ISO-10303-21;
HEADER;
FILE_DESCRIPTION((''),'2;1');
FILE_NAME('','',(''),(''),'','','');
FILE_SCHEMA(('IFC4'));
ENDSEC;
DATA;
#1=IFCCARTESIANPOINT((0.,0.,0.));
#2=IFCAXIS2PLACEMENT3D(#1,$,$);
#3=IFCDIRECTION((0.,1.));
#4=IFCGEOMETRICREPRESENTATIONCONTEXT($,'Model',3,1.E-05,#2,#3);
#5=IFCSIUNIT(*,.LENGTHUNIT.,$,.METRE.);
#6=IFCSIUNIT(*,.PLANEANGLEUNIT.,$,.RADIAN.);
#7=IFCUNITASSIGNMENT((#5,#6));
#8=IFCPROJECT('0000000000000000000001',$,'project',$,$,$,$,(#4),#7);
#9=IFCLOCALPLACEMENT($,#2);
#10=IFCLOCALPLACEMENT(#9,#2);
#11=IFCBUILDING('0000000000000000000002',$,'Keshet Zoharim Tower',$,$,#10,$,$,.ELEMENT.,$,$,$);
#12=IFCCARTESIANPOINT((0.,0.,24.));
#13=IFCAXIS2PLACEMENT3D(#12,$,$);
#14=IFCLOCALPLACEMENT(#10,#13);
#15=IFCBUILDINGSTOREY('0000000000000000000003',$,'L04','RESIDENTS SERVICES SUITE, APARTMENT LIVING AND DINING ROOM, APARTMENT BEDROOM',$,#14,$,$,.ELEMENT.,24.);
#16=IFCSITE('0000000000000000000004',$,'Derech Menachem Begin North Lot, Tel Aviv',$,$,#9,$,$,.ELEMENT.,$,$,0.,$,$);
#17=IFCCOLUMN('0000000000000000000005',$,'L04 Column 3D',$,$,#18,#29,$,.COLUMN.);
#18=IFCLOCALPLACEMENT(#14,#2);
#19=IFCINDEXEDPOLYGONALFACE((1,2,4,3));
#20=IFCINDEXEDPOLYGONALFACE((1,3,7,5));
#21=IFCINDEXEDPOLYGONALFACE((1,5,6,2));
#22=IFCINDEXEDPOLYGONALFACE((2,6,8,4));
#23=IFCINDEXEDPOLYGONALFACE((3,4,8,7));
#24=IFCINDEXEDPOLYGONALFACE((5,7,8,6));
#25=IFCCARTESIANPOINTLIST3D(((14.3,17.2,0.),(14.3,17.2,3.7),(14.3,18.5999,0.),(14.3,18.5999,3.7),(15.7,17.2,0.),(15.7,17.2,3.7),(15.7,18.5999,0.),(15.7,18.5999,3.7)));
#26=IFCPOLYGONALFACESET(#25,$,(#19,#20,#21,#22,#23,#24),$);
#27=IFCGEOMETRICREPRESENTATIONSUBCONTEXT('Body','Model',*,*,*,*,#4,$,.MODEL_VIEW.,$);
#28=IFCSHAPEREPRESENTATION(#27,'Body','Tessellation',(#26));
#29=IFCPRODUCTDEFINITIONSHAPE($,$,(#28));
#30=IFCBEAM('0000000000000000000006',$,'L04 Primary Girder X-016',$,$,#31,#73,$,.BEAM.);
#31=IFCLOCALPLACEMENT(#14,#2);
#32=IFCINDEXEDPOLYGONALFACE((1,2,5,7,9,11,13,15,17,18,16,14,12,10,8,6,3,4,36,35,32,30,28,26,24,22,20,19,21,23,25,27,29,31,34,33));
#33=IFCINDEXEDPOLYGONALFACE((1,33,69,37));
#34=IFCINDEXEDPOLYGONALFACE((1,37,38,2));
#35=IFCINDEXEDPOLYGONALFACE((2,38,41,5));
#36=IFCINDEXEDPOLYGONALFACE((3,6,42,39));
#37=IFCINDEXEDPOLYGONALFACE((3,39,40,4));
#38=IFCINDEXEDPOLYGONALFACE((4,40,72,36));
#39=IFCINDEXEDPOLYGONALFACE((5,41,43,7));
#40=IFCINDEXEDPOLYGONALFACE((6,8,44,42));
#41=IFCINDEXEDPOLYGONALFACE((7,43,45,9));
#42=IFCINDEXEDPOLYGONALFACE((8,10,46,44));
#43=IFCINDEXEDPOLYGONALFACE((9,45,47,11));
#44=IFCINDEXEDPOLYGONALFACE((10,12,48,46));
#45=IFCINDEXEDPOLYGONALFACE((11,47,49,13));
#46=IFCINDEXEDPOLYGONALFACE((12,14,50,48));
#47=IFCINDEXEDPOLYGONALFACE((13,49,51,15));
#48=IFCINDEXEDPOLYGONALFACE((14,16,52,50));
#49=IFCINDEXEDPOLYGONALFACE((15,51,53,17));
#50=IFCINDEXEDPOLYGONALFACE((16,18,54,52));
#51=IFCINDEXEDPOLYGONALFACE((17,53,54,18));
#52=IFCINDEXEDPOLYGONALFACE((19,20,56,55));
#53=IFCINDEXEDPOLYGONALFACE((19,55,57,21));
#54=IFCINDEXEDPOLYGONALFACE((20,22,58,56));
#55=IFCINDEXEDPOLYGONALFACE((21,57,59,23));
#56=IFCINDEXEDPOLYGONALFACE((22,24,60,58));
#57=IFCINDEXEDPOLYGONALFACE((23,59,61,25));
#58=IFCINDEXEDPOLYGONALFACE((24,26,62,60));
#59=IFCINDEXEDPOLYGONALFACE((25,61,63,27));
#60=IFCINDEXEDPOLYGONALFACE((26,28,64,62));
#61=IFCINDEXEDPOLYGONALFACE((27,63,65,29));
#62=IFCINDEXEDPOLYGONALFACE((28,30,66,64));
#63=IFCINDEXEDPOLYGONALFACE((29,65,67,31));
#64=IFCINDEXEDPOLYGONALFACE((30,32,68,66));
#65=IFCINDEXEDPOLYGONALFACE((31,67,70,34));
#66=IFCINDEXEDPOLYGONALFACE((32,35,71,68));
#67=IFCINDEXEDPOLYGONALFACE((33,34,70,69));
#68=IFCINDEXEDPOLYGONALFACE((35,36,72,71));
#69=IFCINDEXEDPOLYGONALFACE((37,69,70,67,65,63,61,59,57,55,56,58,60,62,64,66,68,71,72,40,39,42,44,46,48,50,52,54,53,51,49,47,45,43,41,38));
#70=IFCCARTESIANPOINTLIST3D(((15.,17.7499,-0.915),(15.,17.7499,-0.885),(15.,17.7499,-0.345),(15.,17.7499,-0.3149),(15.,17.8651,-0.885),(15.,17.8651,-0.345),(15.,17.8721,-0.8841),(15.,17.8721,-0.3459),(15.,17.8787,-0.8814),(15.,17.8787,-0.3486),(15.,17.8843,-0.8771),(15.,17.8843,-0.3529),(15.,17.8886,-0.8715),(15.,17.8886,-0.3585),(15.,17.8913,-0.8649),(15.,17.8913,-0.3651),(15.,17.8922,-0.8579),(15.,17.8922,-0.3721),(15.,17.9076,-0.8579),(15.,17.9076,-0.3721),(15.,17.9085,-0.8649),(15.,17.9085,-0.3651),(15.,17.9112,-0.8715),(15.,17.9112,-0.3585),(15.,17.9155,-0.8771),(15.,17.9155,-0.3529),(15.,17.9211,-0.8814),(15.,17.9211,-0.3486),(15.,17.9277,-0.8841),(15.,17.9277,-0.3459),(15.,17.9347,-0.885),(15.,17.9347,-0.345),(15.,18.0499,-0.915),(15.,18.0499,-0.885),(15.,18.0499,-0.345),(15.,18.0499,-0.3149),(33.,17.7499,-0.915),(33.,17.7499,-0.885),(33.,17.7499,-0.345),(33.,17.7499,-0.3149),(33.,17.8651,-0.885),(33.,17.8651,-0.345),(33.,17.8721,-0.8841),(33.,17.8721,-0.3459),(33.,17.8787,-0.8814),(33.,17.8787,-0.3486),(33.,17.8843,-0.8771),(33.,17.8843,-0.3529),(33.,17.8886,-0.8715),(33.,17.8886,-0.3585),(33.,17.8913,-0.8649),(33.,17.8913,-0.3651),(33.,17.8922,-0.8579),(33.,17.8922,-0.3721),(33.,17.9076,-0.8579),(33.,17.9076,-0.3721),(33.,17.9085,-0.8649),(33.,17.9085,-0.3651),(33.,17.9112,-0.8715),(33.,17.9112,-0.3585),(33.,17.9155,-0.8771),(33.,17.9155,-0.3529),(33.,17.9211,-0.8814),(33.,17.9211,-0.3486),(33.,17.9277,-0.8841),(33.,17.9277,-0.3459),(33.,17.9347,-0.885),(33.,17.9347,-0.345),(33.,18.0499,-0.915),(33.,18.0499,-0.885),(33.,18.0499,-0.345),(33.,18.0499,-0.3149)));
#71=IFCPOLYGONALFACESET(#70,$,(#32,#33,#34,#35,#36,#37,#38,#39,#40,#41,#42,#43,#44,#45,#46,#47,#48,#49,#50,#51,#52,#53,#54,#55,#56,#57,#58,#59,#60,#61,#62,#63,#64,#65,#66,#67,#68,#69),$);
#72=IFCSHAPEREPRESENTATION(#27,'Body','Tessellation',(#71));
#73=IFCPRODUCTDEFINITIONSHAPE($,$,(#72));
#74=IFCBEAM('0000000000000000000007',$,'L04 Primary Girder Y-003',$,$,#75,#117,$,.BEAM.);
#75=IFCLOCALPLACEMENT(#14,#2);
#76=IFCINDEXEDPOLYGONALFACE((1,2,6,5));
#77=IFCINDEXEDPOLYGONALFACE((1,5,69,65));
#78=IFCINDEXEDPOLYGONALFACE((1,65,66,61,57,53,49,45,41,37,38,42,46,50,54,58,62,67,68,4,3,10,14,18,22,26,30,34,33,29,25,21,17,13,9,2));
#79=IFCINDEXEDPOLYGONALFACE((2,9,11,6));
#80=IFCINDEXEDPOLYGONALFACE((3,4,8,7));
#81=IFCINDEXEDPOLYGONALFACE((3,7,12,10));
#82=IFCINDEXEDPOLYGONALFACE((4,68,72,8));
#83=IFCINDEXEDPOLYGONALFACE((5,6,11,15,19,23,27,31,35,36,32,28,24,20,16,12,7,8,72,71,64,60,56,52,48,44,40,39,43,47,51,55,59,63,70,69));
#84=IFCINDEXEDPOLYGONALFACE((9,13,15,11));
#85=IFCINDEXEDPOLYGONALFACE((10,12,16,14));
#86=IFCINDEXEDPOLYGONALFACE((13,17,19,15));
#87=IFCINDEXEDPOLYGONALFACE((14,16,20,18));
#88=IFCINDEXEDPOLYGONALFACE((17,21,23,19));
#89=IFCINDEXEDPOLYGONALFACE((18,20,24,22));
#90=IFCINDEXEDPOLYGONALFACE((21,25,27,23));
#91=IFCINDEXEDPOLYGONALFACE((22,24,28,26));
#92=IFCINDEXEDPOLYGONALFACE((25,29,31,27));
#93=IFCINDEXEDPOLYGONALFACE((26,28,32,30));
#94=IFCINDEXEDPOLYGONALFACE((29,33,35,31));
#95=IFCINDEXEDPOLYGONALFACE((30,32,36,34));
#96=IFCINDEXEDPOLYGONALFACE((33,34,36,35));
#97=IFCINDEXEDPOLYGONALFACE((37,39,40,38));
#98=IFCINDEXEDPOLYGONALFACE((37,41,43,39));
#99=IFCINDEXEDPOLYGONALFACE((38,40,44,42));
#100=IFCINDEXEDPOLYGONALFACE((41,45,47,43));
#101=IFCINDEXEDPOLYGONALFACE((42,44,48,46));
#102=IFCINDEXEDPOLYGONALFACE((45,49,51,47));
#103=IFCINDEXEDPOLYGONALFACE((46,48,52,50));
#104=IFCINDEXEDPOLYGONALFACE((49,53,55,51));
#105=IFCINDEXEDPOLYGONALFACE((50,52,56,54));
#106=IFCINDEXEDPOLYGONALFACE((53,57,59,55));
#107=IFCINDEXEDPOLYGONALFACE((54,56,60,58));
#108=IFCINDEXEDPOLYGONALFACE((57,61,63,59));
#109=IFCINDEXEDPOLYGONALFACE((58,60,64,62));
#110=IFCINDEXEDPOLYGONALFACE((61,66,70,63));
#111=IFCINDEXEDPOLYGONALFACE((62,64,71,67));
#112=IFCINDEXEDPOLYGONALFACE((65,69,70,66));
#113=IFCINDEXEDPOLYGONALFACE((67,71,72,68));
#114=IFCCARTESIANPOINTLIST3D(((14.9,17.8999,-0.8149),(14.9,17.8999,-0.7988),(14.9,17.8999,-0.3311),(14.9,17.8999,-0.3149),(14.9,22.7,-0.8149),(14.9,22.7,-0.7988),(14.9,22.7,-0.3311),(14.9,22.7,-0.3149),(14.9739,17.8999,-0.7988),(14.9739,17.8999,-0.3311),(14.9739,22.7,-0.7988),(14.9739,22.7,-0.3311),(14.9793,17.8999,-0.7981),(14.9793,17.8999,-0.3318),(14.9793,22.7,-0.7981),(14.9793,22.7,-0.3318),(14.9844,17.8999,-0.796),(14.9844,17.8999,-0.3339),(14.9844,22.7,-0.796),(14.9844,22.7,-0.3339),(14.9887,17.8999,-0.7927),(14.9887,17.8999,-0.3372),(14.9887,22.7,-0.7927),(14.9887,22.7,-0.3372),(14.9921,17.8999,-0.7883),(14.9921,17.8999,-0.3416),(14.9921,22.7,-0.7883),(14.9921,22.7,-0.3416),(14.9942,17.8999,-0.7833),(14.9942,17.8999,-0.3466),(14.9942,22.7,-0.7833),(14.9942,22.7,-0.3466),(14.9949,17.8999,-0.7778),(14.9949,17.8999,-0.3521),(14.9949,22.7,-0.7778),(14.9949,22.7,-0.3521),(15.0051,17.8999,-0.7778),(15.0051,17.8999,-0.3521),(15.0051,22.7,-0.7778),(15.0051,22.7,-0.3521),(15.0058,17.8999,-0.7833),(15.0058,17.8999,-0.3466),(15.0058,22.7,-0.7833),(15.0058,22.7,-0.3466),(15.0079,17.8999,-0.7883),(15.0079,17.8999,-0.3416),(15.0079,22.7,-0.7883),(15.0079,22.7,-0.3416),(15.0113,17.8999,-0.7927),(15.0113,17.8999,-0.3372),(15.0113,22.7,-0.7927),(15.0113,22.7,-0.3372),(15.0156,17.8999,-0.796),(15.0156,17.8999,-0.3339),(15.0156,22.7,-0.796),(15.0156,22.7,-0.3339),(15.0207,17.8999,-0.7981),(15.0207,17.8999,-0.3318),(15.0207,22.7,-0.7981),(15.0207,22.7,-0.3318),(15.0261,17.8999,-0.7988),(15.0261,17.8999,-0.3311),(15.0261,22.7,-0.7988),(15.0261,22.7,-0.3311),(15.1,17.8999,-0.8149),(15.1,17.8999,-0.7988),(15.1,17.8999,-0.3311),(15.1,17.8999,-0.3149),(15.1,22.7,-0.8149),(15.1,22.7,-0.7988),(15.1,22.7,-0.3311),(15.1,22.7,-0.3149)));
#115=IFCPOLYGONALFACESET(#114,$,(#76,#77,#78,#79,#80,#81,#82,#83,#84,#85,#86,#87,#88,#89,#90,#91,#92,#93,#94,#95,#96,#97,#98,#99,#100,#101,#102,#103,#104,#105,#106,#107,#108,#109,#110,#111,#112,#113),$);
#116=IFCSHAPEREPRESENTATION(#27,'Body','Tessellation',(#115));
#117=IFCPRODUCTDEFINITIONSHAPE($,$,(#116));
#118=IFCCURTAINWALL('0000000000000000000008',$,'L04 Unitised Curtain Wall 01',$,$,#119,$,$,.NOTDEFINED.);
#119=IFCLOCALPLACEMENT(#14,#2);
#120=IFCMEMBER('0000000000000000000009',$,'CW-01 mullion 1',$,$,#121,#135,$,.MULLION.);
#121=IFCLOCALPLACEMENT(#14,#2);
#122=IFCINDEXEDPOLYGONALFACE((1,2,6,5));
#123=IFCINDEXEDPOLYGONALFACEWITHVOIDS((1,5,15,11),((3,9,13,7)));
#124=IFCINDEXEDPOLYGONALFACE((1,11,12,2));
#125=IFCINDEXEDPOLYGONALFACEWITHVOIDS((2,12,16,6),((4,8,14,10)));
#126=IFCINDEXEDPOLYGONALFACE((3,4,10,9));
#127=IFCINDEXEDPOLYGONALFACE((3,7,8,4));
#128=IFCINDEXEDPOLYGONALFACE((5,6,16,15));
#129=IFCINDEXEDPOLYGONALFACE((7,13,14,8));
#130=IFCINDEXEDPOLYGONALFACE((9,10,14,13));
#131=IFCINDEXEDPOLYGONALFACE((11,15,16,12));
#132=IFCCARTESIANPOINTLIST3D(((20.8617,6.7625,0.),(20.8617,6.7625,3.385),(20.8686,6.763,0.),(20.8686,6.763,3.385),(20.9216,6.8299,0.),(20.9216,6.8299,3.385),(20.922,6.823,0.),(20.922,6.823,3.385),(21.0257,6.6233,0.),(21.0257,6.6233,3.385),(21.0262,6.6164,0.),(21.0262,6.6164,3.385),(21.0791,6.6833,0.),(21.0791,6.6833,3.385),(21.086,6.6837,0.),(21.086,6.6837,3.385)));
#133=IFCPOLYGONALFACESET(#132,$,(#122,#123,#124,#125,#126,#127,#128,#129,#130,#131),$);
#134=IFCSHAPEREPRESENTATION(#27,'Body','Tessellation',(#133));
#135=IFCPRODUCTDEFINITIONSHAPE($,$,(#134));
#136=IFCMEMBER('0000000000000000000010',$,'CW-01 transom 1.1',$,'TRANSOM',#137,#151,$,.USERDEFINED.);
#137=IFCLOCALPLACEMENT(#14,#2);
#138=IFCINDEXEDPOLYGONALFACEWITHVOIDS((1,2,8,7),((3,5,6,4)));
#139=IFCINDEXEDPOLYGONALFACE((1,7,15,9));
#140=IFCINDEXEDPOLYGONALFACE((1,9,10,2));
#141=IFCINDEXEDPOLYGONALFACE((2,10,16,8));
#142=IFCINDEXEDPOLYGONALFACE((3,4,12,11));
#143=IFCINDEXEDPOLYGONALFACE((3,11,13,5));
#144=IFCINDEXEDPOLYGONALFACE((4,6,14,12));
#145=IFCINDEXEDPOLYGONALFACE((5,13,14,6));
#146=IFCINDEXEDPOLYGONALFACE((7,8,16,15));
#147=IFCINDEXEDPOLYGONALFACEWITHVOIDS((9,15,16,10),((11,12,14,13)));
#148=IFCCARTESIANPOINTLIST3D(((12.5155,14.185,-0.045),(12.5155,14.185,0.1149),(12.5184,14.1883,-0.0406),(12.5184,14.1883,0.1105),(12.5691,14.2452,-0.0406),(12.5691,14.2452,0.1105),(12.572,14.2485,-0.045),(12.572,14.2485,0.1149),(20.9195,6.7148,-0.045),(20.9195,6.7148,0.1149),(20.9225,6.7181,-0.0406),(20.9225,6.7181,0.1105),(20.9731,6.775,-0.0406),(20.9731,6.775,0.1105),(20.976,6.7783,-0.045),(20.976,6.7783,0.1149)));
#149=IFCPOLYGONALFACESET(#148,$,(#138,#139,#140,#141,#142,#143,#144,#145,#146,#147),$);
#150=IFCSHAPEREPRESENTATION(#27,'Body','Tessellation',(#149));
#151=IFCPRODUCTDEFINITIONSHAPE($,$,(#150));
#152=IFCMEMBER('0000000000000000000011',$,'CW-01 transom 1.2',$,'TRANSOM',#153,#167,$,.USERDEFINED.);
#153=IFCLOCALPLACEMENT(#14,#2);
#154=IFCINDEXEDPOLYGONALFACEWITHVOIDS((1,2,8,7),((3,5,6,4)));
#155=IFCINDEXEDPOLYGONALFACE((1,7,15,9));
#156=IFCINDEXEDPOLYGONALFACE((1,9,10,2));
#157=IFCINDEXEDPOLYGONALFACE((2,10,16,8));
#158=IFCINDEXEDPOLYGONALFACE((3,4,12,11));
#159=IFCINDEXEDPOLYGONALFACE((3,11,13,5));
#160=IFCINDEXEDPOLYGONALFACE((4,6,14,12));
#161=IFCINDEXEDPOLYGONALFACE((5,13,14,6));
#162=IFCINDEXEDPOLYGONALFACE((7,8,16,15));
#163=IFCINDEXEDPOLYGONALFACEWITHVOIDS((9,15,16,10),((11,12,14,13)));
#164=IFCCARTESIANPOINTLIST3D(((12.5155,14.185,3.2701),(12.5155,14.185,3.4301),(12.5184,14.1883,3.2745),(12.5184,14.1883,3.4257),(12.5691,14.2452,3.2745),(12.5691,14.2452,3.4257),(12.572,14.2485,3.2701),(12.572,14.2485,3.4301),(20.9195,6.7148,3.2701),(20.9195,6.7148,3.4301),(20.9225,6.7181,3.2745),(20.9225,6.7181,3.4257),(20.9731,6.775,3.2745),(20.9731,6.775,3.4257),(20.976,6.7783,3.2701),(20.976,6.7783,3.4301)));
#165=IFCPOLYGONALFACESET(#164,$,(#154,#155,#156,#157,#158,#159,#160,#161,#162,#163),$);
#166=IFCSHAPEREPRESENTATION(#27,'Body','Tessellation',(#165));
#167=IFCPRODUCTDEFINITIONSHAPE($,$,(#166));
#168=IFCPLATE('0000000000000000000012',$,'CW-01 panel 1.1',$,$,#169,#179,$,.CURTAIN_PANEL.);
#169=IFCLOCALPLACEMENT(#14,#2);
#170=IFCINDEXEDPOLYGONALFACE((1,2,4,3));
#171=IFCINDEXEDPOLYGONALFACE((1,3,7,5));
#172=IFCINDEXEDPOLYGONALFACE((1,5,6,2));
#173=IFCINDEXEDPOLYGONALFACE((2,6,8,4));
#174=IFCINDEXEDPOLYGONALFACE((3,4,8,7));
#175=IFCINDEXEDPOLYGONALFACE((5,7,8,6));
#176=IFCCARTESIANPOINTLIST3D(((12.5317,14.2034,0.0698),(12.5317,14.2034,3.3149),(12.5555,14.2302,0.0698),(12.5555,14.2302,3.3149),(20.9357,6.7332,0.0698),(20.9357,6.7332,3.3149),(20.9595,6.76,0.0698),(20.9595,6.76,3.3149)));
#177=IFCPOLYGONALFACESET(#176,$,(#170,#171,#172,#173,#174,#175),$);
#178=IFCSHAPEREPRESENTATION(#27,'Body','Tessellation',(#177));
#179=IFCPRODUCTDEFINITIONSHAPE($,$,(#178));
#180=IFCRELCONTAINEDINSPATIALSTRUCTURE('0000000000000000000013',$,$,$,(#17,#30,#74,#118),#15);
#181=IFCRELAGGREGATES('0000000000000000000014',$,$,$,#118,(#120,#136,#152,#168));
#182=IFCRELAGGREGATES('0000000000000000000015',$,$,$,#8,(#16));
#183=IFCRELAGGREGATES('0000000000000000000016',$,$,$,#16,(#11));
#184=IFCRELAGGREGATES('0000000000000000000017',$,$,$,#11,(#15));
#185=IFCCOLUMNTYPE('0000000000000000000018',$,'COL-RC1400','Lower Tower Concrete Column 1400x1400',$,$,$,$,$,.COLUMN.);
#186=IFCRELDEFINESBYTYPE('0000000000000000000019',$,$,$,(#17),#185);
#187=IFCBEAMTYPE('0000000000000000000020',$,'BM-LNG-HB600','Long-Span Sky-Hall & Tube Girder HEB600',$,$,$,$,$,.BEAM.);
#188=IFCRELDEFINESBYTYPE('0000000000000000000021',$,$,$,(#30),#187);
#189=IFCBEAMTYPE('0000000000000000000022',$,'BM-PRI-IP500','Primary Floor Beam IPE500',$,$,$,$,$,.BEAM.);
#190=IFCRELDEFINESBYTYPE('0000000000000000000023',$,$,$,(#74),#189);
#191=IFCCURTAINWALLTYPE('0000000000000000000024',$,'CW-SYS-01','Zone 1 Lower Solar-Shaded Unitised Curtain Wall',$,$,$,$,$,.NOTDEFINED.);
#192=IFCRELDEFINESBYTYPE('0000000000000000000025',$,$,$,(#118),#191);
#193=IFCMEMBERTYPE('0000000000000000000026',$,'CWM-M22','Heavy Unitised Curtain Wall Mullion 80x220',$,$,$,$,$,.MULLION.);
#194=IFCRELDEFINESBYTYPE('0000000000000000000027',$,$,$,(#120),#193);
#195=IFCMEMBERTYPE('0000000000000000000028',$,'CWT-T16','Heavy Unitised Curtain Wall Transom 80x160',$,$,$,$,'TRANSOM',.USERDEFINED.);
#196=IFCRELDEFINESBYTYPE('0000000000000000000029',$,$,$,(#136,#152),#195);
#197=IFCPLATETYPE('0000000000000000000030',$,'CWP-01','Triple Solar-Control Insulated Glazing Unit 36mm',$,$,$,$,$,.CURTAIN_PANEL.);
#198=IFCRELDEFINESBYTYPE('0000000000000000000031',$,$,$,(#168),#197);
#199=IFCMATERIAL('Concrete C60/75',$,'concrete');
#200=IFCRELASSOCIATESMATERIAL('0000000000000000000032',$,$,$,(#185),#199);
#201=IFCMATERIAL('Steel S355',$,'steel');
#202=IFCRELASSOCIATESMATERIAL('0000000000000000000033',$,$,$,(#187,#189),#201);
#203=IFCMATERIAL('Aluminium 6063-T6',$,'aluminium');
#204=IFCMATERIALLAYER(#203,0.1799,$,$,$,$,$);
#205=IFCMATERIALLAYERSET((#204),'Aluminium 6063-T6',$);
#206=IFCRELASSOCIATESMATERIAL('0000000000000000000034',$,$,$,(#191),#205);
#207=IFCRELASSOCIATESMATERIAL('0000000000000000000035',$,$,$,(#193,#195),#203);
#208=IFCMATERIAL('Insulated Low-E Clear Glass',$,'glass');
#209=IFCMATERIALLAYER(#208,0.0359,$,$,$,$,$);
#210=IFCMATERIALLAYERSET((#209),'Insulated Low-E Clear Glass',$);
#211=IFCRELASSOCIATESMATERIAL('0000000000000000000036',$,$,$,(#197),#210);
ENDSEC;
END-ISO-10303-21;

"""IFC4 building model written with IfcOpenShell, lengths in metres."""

from ifc_helpers import new_model, si_unit, direction, frame, origin, origin_2d, place, context, subcontext, project, spatial, rectangle, hollow_rectangle, i_section, extrude, material, layer, layer_set, material_profile, profile_set, type_object, element, aggregate, save


model = new_model("IFC4")

# Units and contexts
model_context = context("Model", 3, precision=1e-05, world=origin(), true_north=direction((0.0, 1.0)))
body_context = subcontext(model_context, "Body", "Model", "MODEL_VIEW")
ifc_project = project(units=[si_unit("LENGTHUNIT", "METRE"), si_unit("PLANEANGLEUNIT", "RADIAN")], contexts=[model_context])

# Site, building, storey
site_placement = place(None, origin())
site = spatial("IfcSite", under=ifc_project, at=site_placement, Name="Derech Menachem Begin North Lot, Tel Aviv", CompositionType="ELEMENT", RefElevation=0.0)
building_placement = place(site_placement, origin())
building = spatial("IfcBuilding", under=site, at=building_placement, Name="Keshet Zoharim Tower", CompositionType="ELEMENT")
storey_placement = place(building_placement, frame((0.0, 0.0, 24.0)))
storey = spatial("IfcBuildingStorey", under=building, at=storey_placement, Name="L04", Description="RESIDENTS SERVICES SUITE, APARTMENT LIVING AND DINING ROOM, APARTMENT BEDROOM", CompositionType="ELEMENT", Elevation=24.0)

# Column
ifc_material_1 = material(Name="Concrete C60/75", Category="concrete")
ifc_material_profile_1 = material_profile(ifc_material_1, rectangle(XDim=1.3999, YDim=1.3999, at=origin_2d()), Name="RC1400x1400")
ifc_profile_set_1 = profile_set([ifc_material_profile_1], Name="Concrete C60/75")
column_type = type_object("IfcColumnType", Name="COL-RC1400", Description="Lower Tower Concrete Column 1400x1400", PredefinedType="COLUMN", material=ifc_profile_set_1)
column_placement = place(storey_placement, frame((15.0, 17.8999, 0.0), z_axis=(0.0, 0.0, 1.0), x_axis=(1.0, 0.0, 0.0)))
element("IfcColumn", 1, at=column_placement, inside=storey, type_object=column_type, Name="L04 Column 3D", PredefinedType="COLUMN", context=body_context, shape_type="SweptSolid", body=[
    extrude(rectangle(XDim=1.3999, YDim=1.3999, at=origin_2d()), origin(), (0.0, 0.0, 1.0), 3.7),
])

# Beams
ifc_material_2 = material(Name="Steel S355", Category="steel")
ifc_material_profile_2 = material_profile(ifc_material_2, i_section(OverallWidth=0.3, OverallDepth=0.6001, WebThickness=0.0154, FlangeThickness=0.03, FilletRadius=0.0271, at=origin_2d()), Name="HEB600")
ifc_profile_set_2 = profile_set([ifc_material_profile_2], Name="Steel S355")
beam_type_1 = type_object("IfcBeamType", Name="BM-LNG-HB600", Description="Long-Span Sky-Hall & Tube Girder HEB600", PredefinedType="BEAM", material=ifc_profile_set_2)
beam_1_placement = place(storey_placement, frame((15.0, 17.8999, -0.615), z_axis=(1.0, 0.0, 0.0), x_axis=(0.0, 1.0, 0.0)))
element("IfcBeam", 2, at=beam_1_placement, inside=storey, type_object=beam_type_1, Name="L04 Primary Girder X-016", PredefinedType="BEAM", context=body_context, shape_type="SweptSolid", body=[
    extrude(i_section(OverallWidth=0.3, OverallDepth=0.6001, WebThickness=0.0154, FlangeThickness=0.03, FilletRadius=0.0271, at=origin_2d()), origin(), (0.0, 0.0, 1.0), 18.0),
])
ifc_material_profile_3 = material_profile(ifc_material_2, i_section(OverallWidth=0.2, OverallDepth=0.5, WebThickness=0.0103, FlangeThickness=0.0161, FilletRadius=0.021, at=origin_2d()), Name="IPE500")
ifc_profile_set_3 = profile_set([ifc_material_profile_3], Name="Steel S355")
beam_type_2 = type_object("IfcBeamType", Name="BM-PRI-IP500", Description="Primary Floor Beam IPE500", PredefinedType="BEAM", material=ifc_profile_set_3)
beam_2_placement = place(storey_placement, frame((15.0, 17.8999, -0.5649), z_axis=(0.0, 1.0, 0.0), x_axis=(-1.0, 0.0, 0.0)))
element("IfcBeam", 3, at=beam_2_placement, inside=storey, type_object=beam_type_2, Name="L04 Primary Girder Y-003", PredefinedType="BEAM", context=body_context, shape_type="SweptSolid", body=[
    extrude(i_section(OverallWidth=0.2, OverallDepth=0.5, WebThickness=0.0103, FlangeThickness=0.0161, FilletRadius=0.021, at=origin_2d()), origin(), (0.0, 0.0, 1.0), 4.8),
])

# Curtain wall, members, plate
ifc_material_3 = material(Name="Aluminium 6063-T6", Category="aluminium")
ifc_layer_1 = layer(ifc_material_3, 0.1799)
ifc_layer_set_1 = layer_set([ifc_layer_1], Name="Aluminium 6063-T6")
curtain_wall_type = type_object("IfcCurtainWallType", Name="CW-SYS-01", Description="Zone 1 Lower Solar-Shaded Unitised Curtain Wall", PredefinedType="NOTDEFINED", material=ifc_layer_set_1)
curtain_wall_placement = place(storey_placement, origin())
curtain_wall = element("IfcCurtainWall", 4, at=curtain_wall_placement, inside=storey, type_object=curtain_wall_type, Name="L04 Unitised Curtain Wall 01", PredefinedType="NOTDEFINED")
ifc_material_profile_4 = material_profile(ifc_material_3, hollow_rectangle(XDim=0.0901, YDim=0.22, WallThickness=0.0049, at=origin_2d()), Name="MUL-90x220")
ifc_profile_set_4 = profile_set([ifc_material_profile_4], Name="Aluminium 6063-T6")
member_type_1 = type_object("IfcMemberType", Name="CWM-M22", Description="Heavy Unitised Curtain Wall Mullion 80x220", PredefinedType="MULLION", material=ifc_profile_set_4)
member_1_placement = place(storey_placement, frame((20.9739, 6.7231, 0.0), z_axis=(0.0, 0.0, 1.0), x_axis=(-0.664364, -0.747409, 0.0)))
member_1 = element("IfcMember", 5, at=member_1_placement, type_object=member_type_1, Name="CW-01 mullion 1", PredefinedType="MULLION", context=body_context, shape_type="SweptSolid", body=[
    extrude(hollow_rectangle(XDim=0.0901, YDim=0.22, WallThickness=0.0049, at=origin_2d()), origin(), (0.0, 0.0, 1.0), 3.385),
])
ifc_material_profile_5 = material_profile(ifc_material_3, hollow_rectangle(XDim=0.085, YDim=0.1599, WallThickness=0.0044, at=origin_2d()), Name="TRN-85x160")
ifc_profile_set_5 = profile_set([ifc_material_profile_5], Name="Aluminium 6063-T6")
member_type_2 = type_object("IfcMemberType", Name="CWT-T16", Description="Heavy Unitised Curtain Wall Transom 80x160", ElementType="TRANSOM", PredefinedType="USERDEFINED", material=ifc_profile_set_5)
member_2_placement = place(storey_placement, frame((20.9478, 6.7466, 0.0349), z_axis=(-0.747412, 0.664361, 0.0), x_axis=(-0.664361, -0.747412, 0.0)))
member_2 = element("IfcMember", 6, at=member_2_placement, type_object=member_type_2, Name="CW-01 transom 1.1", ObjectType="TRANSOM", PredefinedType="USERDEFINED", context=body_context, shape_type="SweptSolid", body=[
    extrude(hollow_rectangle(XDim=0.085, YDim=0.1599, WallThickness=0.0044, at=origin_2d()), origin(), (0.0, 0.0, 1.0), 11.2441),
])
member_3_placement = place(storey_placement, frame((20.9478, 6.7466, 3.3501), z_axis=(-0.747412, 0.664361, 0.0), x_axis=(-0.664361, -0.747412, 0.0)))
member_3 = element("IfcMember", 7, at=member_3_placement, type_object=member_type_2, Name="CW-01 transom 1.2", ObjectType="TRANSOM", PredefinedType="USERDEFINED", context=body_context, shape_type="SweptSolid", body=[
    extrude(hollow_rectangle(XDim=0.085, YDim=0.1599, WallThickness=0.0044, at=origin_2d()), origin(), (0.0, 0.0, 1.0), 11.2441),
])
ifc_material_4 = material(Name="Insulated Low-E Clear Glass", Category="glass")
ifc_layer_2 = layer(ifc_material_4, 0.0359)
ifc_layer_set_2 = layer_set([ifc_layer_2], Name="Insulated Low-E Clear Glass")
plate_type = type_object("IfcPlateType", Name="CWP-01", Description="Triple Solar-Control Insulated Glazing Unit 36mm", PredefinedType="CURTAIN_PANEL", material=ifc_layer_set_2)
plate_placement = place(storey_placement, frame((16.7456, 10.4817, 0.0698), z_axis=(0.0, 0.0, 1.0), x_axis=(-0.747409, 0.664364, 0.0)))
plate = element("IfcPlate", 8, at=plate_placement, type_object=plate_type, Name="CW-01 panel 1.1", PredefinedType="CURTAIN_PANEL", context=body_context, shape_type="SweptSolid", body=[
    extrude(rectangle(XDim=11.2441, YDim=0.0359, at=origin_2d()), origin(), (0.0, 0.0, 1.0), 3.2451),
])
aggregate(curtain_wall, [member_1, member_2, member_3, plate])

save(model, "model.ifc")
